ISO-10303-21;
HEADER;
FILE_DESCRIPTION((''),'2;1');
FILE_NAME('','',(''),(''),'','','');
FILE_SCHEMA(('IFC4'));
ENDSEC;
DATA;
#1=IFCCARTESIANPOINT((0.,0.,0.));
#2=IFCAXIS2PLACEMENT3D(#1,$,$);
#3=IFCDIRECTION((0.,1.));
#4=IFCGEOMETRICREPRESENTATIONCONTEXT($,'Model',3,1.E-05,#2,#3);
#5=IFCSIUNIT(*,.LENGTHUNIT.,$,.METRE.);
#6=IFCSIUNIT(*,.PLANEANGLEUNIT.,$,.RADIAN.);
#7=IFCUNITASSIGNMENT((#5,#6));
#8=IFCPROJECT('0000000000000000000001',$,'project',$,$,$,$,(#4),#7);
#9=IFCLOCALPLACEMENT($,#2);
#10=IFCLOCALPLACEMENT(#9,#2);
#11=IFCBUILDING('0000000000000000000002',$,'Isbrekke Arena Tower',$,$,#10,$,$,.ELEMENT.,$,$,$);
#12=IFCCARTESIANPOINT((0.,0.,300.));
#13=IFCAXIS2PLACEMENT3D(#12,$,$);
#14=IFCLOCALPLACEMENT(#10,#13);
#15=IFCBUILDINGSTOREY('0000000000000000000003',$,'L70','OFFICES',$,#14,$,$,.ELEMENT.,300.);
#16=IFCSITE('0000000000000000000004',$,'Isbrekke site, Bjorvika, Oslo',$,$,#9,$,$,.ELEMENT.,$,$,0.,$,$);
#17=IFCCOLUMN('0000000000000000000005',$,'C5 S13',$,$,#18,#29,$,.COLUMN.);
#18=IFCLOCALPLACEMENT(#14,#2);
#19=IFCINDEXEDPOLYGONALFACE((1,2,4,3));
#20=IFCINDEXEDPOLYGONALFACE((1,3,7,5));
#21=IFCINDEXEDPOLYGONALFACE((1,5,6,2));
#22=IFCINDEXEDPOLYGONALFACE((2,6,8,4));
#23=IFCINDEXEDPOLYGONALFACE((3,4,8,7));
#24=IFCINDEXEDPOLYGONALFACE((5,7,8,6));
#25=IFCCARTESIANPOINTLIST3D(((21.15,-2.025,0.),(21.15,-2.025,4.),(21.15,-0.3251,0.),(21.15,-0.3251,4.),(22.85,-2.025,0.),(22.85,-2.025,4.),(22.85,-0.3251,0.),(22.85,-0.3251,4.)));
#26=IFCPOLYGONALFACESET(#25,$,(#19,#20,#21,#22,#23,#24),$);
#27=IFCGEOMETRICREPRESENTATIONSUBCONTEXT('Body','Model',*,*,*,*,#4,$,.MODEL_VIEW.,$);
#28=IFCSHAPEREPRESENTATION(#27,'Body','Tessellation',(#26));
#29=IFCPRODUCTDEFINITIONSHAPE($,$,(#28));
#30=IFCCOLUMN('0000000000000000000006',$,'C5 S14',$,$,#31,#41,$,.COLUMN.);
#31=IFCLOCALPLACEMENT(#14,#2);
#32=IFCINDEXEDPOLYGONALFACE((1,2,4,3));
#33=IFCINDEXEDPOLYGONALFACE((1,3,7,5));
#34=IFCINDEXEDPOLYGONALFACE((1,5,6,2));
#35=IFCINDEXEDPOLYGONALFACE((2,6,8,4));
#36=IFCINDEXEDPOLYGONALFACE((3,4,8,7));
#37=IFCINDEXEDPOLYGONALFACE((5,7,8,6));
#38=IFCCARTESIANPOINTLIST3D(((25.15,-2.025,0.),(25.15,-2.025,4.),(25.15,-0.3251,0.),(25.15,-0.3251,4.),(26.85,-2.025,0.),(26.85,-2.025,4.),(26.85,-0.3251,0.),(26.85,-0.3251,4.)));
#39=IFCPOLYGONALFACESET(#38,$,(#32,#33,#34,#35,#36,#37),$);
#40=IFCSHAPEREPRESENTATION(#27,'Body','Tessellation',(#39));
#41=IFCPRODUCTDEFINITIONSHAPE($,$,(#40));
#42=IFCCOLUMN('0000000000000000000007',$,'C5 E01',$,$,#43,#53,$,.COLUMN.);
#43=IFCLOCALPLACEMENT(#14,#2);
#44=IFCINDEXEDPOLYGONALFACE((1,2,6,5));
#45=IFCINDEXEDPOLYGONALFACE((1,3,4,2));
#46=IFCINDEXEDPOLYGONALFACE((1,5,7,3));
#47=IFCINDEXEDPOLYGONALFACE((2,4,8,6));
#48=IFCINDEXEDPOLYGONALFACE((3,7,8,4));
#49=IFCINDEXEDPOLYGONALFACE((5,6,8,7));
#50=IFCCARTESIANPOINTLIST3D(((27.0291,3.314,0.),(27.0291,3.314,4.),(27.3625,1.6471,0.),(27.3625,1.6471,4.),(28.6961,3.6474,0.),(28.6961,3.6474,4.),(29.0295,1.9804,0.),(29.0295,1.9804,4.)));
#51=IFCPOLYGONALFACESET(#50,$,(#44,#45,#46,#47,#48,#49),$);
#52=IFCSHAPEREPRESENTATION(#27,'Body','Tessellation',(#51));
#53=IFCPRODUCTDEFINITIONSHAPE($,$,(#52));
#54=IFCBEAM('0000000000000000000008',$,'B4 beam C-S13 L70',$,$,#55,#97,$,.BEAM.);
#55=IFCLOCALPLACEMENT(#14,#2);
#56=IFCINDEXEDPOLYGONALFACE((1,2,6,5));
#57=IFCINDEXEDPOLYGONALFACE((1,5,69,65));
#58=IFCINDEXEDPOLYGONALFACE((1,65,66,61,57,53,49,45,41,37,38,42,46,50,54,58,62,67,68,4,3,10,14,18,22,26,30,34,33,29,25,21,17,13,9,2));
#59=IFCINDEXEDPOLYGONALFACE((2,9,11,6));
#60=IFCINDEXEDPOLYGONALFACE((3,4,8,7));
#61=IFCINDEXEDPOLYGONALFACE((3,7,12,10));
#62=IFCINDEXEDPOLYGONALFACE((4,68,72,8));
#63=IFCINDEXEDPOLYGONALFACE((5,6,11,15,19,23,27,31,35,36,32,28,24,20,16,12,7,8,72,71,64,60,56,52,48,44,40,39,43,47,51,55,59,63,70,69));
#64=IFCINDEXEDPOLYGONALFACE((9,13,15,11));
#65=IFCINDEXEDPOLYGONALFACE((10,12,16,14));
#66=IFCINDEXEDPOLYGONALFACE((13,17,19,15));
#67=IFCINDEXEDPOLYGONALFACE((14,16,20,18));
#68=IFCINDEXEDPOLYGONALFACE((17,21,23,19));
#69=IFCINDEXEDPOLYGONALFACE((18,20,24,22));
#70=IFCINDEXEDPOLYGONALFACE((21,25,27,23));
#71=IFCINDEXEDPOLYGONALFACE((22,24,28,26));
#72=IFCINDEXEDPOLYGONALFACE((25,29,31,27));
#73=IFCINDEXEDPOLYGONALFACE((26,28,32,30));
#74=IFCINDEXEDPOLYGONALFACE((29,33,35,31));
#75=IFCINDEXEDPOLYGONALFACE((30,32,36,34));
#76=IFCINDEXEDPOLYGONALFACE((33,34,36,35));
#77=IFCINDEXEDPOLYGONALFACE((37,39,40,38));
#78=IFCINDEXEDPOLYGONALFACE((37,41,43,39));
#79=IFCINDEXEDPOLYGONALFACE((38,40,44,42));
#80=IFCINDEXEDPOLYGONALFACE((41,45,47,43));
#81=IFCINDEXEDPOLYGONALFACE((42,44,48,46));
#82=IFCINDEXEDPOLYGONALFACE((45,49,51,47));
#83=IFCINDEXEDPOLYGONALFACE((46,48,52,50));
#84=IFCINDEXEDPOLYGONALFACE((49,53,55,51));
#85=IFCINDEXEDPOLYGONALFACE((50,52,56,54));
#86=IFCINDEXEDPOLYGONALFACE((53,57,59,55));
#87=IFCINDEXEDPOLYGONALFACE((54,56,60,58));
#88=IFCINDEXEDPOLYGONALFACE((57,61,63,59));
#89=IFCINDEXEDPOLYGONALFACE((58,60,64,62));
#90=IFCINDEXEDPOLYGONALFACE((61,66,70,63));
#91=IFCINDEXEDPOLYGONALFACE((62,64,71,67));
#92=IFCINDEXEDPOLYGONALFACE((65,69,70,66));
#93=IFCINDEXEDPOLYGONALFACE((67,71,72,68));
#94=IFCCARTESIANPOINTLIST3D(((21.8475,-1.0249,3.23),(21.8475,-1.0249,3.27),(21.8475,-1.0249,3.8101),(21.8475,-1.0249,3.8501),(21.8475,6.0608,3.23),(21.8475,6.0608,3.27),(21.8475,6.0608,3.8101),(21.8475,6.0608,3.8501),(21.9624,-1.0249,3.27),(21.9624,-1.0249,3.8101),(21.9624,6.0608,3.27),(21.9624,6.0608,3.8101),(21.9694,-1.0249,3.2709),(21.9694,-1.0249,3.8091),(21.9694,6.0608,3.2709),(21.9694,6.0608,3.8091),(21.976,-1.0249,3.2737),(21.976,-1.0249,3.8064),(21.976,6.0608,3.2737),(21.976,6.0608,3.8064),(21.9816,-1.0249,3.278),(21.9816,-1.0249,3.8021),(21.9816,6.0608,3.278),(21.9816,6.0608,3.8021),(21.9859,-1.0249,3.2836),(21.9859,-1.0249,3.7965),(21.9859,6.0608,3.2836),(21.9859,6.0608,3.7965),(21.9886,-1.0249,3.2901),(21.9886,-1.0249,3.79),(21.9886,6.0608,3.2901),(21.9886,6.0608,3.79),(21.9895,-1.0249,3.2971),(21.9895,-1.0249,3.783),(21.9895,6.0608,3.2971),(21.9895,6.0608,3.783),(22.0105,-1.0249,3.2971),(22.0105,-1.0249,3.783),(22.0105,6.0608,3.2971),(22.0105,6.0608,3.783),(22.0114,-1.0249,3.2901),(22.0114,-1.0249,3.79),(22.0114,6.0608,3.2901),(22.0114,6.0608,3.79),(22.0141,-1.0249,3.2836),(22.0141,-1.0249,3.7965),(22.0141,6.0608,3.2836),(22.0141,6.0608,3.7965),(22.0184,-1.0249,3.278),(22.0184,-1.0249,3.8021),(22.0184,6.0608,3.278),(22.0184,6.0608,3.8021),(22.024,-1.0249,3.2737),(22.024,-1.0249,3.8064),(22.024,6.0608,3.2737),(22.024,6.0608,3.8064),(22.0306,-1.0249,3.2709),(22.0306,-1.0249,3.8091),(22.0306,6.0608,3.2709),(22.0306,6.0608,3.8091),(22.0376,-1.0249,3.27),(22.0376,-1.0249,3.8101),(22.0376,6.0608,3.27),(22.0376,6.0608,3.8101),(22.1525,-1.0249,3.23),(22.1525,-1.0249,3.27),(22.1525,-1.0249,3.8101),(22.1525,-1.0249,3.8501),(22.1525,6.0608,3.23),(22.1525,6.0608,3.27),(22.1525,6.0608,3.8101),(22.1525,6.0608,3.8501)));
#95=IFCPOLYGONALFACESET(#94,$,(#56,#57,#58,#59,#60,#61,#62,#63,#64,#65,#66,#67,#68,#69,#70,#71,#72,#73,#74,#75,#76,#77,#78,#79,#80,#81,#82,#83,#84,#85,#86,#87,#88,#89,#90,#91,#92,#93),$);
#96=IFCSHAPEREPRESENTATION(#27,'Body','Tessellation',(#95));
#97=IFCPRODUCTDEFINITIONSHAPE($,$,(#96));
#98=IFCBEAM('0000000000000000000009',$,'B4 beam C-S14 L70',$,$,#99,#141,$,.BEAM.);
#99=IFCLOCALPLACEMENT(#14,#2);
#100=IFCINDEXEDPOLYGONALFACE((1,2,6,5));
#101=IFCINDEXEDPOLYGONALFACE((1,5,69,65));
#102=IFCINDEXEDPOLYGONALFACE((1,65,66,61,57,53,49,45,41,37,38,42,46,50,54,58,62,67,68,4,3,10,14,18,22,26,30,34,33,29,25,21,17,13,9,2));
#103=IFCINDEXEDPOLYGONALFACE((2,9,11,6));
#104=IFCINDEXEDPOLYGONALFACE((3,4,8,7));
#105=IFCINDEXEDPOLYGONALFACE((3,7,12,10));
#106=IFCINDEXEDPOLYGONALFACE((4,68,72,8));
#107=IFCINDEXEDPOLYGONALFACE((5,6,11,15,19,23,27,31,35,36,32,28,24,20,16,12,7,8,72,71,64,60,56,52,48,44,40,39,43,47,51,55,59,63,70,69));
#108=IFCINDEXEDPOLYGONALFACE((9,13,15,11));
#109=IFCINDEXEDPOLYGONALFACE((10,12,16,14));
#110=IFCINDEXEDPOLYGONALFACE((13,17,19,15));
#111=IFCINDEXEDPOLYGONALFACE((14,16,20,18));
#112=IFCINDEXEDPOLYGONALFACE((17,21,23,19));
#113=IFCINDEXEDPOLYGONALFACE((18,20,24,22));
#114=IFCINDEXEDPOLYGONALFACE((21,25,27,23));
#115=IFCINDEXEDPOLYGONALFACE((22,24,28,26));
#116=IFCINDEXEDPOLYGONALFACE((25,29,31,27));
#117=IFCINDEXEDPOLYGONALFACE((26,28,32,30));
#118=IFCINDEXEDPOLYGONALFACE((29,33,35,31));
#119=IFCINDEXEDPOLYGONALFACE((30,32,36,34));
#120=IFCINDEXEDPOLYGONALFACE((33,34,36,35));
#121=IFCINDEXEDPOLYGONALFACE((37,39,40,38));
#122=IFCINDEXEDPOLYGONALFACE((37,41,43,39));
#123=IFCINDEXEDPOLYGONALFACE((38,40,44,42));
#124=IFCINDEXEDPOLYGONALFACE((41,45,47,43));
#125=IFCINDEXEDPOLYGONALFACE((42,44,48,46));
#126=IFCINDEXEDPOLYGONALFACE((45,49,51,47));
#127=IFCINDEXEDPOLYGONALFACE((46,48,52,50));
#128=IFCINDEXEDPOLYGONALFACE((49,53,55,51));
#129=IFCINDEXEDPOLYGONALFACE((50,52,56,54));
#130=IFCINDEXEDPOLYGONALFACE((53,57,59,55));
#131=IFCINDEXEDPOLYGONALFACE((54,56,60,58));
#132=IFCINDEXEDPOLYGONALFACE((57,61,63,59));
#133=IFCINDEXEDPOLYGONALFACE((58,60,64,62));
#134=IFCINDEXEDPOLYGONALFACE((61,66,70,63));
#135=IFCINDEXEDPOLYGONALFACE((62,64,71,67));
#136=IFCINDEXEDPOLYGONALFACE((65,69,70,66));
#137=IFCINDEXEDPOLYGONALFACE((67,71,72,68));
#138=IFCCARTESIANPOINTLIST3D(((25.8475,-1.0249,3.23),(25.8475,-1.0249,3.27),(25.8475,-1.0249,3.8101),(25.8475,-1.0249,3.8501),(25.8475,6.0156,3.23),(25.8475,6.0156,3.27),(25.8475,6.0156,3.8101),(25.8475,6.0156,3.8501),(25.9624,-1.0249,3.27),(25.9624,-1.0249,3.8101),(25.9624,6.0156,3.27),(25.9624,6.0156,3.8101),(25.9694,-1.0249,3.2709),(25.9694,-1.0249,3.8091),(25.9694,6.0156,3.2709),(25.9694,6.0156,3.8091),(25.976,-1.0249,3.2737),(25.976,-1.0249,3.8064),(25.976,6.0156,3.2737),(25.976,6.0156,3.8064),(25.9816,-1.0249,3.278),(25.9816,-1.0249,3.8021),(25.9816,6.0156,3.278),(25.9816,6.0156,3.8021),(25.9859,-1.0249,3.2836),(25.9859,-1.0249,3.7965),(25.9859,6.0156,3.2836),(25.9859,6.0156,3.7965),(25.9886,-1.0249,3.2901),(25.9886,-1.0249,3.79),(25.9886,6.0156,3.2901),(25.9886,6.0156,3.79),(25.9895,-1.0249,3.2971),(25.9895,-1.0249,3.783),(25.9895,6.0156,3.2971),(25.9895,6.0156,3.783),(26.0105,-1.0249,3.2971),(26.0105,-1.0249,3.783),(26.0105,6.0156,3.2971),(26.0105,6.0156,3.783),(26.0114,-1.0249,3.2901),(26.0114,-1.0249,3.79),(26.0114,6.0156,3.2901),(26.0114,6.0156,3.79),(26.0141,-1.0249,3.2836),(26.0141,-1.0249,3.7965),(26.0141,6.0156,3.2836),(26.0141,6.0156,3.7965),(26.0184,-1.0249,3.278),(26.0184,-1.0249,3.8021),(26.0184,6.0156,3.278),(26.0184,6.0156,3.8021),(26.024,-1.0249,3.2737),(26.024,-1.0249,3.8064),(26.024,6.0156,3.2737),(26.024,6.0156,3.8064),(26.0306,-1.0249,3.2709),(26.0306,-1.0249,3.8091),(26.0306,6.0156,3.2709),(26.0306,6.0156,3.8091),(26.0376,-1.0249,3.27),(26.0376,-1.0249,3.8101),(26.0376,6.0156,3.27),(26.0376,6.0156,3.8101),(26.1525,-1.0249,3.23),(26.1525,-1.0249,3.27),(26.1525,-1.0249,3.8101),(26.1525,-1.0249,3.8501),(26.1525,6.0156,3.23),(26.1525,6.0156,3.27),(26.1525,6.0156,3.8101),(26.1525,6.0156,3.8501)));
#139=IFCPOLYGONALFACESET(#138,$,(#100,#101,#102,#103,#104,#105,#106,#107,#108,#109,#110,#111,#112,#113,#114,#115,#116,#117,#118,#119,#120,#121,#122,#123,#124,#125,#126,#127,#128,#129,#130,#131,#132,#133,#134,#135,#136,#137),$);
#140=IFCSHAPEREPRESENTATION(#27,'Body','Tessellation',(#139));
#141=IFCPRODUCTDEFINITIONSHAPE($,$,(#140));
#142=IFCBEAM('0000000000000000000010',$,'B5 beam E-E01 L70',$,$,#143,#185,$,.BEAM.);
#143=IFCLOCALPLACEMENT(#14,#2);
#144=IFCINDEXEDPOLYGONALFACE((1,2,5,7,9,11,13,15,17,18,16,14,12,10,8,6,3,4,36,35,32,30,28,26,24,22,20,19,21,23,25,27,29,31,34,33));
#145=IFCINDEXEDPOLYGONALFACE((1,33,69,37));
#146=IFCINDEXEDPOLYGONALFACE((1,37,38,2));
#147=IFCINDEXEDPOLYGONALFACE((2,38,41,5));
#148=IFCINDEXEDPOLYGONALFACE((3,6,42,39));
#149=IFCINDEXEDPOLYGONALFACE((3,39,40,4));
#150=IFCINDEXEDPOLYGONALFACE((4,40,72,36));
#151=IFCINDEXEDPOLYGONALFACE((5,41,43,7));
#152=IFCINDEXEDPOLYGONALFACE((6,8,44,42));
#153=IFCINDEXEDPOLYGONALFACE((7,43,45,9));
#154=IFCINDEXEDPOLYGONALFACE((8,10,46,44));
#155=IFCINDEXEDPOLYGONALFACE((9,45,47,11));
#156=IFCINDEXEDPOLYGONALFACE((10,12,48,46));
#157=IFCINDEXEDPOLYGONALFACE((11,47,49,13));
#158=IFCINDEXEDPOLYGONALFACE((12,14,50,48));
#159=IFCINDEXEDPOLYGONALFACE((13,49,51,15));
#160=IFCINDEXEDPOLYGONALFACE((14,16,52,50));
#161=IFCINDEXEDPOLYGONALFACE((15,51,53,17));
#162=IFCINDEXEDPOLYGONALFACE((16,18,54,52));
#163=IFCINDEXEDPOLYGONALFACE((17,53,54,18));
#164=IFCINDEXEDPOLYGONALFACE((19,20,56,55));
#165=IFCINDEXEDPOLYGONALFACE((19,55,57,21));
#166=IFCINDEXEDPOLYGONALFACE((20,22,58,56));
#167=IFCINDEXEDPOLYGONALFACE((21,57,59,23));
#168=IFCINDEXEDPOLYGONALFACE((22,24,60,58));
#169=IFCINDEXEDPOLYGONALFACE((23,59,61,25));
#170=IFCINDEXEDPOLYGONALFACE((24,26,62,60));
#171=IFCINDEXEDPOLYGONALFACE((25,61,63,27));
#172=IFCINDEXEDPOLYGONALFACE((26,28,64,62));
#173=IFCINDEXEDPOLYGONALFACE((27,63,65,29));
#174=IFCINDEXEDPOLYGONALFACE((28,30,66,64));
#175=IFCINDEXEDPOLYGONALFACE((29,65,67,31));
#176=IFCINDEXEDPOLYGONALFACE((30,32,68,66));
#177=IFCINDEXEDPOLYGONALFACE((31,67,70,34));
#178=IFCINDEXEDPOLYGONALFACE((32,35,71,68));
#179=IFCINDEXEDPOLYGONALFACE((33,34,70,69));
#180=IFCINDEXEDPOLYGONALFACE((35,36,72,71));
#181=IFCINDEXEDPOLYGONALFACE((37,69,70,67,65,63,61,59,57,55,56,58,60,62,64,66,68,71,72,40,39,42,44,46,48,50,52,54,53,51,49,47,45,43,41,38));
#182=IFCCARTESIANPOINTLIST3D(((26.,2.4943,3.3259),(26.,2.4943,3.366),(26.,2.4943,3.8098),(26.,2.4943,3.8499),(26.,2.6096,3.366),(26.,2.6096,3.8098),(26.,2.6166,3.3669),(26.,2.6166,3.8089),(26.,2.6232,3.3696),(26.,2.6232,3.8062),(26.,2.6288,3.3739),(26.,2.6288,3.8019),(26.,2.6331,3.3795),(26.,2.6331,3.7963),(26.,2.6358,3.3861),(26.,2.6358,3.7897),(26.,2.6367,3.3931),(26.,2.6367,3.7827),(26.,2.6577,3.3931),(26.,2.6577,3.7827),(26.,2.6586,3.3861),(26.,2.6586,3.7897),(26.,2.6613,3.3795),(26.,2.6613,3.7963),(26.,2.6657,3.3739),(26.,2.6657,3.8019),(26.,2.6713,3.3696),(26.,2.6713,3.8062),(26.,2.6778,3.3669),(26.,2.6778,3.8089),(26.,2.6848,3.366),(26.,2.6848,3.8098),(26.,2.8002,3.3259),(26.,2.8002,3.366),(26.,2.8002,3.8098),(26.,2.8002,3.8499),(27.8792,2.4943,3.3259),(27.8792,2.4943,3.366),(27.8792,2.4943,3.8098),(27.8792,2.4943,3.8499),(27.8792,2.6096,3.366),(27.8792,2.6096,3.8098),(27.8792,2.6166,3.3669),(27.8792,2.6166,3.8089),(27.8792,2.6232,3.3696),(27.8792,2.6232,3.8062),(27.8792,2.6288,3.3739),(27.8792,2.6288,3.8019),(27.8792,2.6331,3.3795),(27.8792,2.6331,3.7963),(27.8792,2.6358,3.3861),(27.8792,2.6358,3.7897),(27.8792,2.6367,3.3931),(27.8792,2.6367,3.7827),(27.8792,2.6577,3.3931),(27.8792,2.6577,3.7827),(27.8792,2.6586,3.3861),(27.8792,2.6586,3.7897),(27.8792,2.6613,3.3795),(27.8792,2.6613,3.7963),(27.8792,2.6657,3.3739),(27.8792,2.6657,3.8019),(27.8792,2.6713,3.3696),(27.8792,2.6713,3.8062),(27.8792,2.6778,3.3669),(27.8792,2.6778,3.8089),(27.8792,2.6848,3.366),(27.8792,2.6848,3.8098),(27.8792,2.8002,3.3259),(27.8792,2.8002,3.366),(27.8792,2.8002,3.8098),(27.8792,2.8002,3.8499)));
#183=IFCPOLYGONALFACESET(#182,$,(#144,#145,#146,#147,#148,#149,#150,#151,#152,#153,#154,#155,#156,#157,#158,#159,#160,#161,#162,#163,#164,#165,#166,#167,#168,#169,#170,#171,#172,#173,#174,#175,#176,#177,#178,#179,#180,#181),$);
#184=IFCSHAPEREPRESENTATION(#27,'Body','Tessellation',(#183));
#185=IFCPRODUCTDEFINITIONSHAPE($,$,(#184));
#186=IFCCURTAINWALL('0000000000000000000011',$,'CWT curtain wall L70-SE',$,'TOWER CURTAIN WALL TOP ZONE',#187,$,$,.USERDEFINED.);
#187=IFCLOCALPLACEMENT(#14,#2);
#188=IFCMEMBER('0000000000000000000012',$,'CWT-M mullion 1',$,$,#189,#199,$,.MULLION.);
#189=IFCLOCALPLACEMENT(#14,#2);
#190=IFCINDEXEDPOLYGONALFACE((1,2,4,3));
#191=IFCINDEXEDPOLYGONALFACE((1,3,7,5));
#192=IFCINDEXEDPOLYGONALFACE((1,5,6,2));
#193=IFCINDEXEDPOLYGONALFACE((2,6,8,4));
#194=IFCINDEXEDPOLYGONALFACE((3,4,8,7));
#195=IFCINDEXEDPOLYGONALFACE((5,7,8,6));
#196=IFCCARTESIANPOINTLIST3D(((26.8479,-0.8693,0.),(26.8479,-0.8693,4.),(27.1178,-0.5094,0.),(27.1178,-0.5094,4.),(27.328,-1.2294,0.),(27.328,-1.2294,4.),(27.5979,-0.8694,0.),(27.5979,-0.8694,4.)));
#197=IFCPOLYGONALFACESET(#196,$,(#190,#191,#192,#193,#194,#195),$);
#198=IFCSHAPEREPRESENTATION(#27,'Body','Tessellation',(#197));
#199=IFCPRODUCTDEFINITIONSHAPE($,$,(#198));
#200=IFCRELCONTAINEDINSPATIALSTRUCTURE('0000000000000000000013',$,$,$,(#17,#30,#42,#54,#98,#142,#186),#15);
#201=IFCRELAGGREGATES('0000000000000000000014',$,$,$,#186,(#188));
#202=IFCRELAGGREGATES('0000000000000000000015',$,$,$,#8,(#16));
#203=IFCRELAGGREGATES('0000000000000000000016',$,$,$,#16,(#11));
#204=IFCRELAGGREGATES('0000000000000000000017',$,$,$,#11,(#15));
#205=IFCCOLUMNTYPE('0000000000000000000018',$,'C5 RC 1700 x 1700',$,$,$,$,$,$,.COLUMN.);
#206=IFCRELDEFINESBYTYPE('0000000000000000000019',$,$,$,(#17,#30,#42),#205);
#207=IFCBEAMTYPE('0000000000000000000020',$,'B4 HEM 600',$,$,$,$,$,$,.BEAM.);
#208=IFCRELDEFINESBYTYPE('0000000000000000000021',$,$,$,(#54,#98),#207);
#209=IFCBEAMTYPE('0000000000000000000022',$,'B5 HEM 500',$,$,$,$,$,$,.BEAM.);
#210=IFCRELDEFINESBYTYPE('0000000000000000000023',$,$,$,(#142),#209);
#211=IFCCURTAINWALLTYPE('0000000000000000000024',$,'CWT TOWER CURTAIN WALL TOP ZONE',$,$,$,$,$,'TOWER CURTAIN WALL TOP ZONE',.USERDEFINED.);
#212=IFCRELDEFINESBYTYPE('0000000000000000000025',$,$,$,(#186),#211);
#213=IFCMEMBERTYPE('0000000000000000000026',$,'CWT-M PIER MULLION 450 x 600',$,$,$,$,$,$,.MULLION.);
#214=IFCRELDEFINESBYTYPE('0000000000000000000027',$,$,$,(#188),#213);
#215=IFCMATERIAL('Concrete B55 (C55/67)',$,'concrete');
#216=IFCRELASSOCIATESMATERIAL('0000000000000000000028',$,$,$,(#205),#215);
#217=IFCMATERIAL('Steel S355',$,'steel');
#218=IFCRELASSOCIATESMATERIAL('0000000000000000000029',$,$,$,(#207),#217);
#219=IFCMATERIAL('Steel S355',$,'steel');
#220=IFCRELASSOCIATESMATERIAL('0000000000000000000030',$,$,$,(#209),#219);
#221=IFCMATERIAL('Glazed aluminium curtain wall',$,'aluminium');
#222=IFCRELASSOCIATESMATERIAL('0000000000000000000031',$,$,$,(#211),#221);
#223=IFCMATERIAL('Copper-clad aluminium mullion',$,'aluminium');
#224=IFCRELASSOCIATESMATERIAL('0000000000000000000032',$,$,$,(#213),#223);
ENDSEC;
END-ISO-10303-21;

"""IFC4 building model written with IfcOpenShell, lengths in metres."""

from ifc_helpers import new_model, si_unit, direction, frame, origin, origin_2d, place, context, subcontext, project, spatial, rectangle, i_section, extrude, material, material_profile, profile_set, type_object, element, aggregate, save


model = new_model("IFC4")

# Units and contexts
model_context = context("Model", 3, precision=1e-05, world=origin(), true_north=direction((0.0, 1.0)))
body_context = subcontext(model_context, "Body", "Model", "MODEL_VIEW")
ifc_project = project(units=[si_unit("LENGTHUNIT", "METRE"), si_unit("PLANEANGLEUNIT", "RADIAN")], contexts=[model_context])

# Site, building, storey
site_placement = place(None, origin())
site = spatial("IfcSite", under=ifc_project, at=site_placement, Name="Isbrekke site, Bjorvika, Oslo", CompositionType="ELEMENT", RefElevation=0.0)
building_placement = place(site_placement, origin())
building = spatial("IfcBuilding", under=site, at=building_placement, Name="Isbrekke Arena Tower", CompositionType="ELEMENT")
storey_placement = place(building_placement, frame((0.0, 0.0, 300.0)))
storey = spatial("IfcBuildingStorey", under=building, at=storey_placement, Name="L70", Description="OFFICES", CompositionType="ELEMENT", Elevation=300.0)

# Columns
ifc_material_1 = material(Name="Concrete B55 (C55/67)", Category="concrete")
ifc_material_profile_1 = material_profile(ifc_material_1, rectangle(XDim=1.7, YDim=1.7, at=origin_2d()), Name="RC 1700x1700")
ifc_profile_set_1 = profile_set([ifc_material_profile_1], Name="Concrete B55 (C55/67)")
column_type = type_object("IfcColumnType", Name="C5 RC 1700 x 1700", PredefinedType="COLUMN", material=ifc_profile_set_1)
for number, where, z_axis, x_axis, name in (
    (1, (22.0, -1.175, 0.0), (0.0, 0.0, 1.0), (1.0, 0.0, 0.0), "C5 S13"),
    (2, (26.0, -1.175, 0.0), (0.0, 0.0, 1.0), (1.0, 0.0, 0.0), "C5 S14"),
    (3, (28.0293, 2.6472, 0.0), (0.0, 0.0, 1.0), (-0.196116, 0.980581, 0.0), "C5 E01"),
):
    element("IfcColumn", number, at=place(storey_placement, frame(where, z_axis=z_axis, x_axis=x_axis)), inside=storey, type_object=column_type, Name=name, PredefinedType="COLUMN", context=body_context, shape_type="SweptSolid", body=[
        extrude(rectangle(XDim=1.7, YDim=1.7, at=origin_2d()), origin(), (0.0, 0.0, 1.0), 4.0),
    ])

# Beams
ifc_material_2 = material(Name="Steel S355", Category="steel")
ifc_material_profile_2 = material_profile(ifc_material_2, i_section(OverallWidth=0.3049, OverallDepth=0.6201, WebThickness=0.021, FlangeThickness=0.04, FilletRadius=0.0271, at=origin_2d()), Name="HEM 600")
ifc_profile_set_2 = profile_set([ifc_material_profile_2], Name="Steel S355")
beam_type_1 = type_object("IfcBeamType", Name="B4 HEM 600", PredefinedType="BEAM", material=ifc_profile_set_2)
beam_1_placement = place(storey_placement, frame((22.0, -1.0249, 3.54), z_axis=(0.0, 1.0, 0.0), x_axis=(-1.0, 0.0, 0.0)))
element("IfcBeam", 4, at=beam_1_placement, inside=storey, type_object=beam_type_1, Name="B4 beam C-S13 L70", PredefinedType="BEAM", context=body_context, shape_type="SweptSolid", body=[
    extrude(i_section(OverallWidth=0.3049, OverallDepth=0.6201, WebThickness=0.021, FlangeThickness=0.04, FilletRadius=0.0271, at=origin_2d()), origin(), (0.0, 0.0, 1.0), 7.0857),
])
beam_2_placement = place(storey_placement, frame((26.0, -1.0249, 3.54), z_axis=(0.0, 1.0, 0.0), x_axis=(-1.0, 0.0, 0.0)))
element("IfcBeam", 5, at=beam_2_placement, inside=storey, type_object=beam_type_1, Name="B4 beam C-S14 L70", PredefinedType="BEAM", context=body_context, shape_type="SweptSolid", body=[
    extrude(i_section(OverallWidth=0.3049, OverallDepth=0.6201, WebThickness=0.021, FlangeThickness=0.04, FilletRadius=0.0271, at=origin_2d()), origin(), (0.0, 0.0, 1.0), 7.0405),
])
ifc_material_3 = material(Name="Steel S355", Category="steel")
ifc_material_profile_3 = material_profile(ifc_material_3, i_section(OverallWidth=0.3059, OverallDepth=0.5239, WebThickness=0.021, FlangeThickness=0.04, FilletRadius=0.0271, at=origin_2d()), Name="HEM 500")
ifc_profile_set_3 = profile_set([ifc_material_profile_3], Name="Steel S355")
beam_type_2 = type_object("IfcBeamType", Name="B5 HEM 500", PredefinedType="BEAM", material=ifc_profile_set_3)
beam_3_placement = place(storey_placement, frame((27.8792, 2.6472, 3.5879), z_axis=(-1.0, 0.0, 0.0), x_axis=(0.0, -1.0, 0.0)))
element("IfcBeam", 6, at=beam_3_placement, inside=storey, type_object=beam_type_2, Name="B5 beam E-E01 L70", PredefinedType="BEAM", context=body_context, shape_type="SweptSolid", body=[
    extrude(i_section(OverallWidth=0.3059, OverallDepth=0.5239, WebThickness=0.021, FlangeThickness=0.04, FilletRadius=0.0271, at=origin_2d()), origin(), (0.0, 0.0, 1.0), 1.8792),
])

# Curtain wall, member
ifc_material_4 = material(Name="Glazed aluminium curtain wall", Category="aluminium")
curtain_wall_type = type_object("IfcCurtainWallType", Name="CWT TOWER CURTAIN WALL TOP ZONE", ElementType="TOWER CURTAIN WALL TOP ZONE", PredefinedType="USERDEFINED", material=ifc_material_4)
curtain_wall_1_placement = place(storey_placement, origin())
curtain_wall_1 = element("IfcCurtainWall", 7, at=curtain_wall_1_placement, inside=storey, type_object=curtain_wall_type, Name="CWT curtain wall L70-SE", ObjectType="TOWER CURTAIN WALL TOP ZONE", PredefinedType="USERDEFINED")
ifc_material_5 = material(Name="Copper-clad aluminium mullion", Category="aluminium")
ifc_material_profile_4 = material_profile(ifc_material_5, rectangle(XDim=0.45, YDim=0.6001, at=origin_2d()), Name="PIER 450X600")
ifc_profile_set_4 = profile_set([ifc_material_profile_4], Name="Copper-clad aluminium mullion")
member_type_1 = type_object("IfcMemberType", Name="CWT-M PIER MULLION 450 x 600", PredefinedType="MULLION", material=ifc_profile_set_4)
member_1_placement = place(storey_placement, frame((27.2229, -0.8694, 0.0), z_axis=(0.0, 0.0, 1.0), x_axis=(0.6, 0.8, 0.0)))
member_1 = element("IfcMember", 8, at=member_1_placement, type_object=member_type_1, Name="CWT-M mullion 1", PredefinedType="MULLION", context=body_context, shape_type="SweptSolid", body=[
    extrude(rectangle(XDim=0.45, YDim=0.6001, at=origin_2d()), origin(), (0.0, 0.0, 1.0), 4.0),
])

aggregate(curtain_wall_1, [member_1])

save(model, "model.ifc")
